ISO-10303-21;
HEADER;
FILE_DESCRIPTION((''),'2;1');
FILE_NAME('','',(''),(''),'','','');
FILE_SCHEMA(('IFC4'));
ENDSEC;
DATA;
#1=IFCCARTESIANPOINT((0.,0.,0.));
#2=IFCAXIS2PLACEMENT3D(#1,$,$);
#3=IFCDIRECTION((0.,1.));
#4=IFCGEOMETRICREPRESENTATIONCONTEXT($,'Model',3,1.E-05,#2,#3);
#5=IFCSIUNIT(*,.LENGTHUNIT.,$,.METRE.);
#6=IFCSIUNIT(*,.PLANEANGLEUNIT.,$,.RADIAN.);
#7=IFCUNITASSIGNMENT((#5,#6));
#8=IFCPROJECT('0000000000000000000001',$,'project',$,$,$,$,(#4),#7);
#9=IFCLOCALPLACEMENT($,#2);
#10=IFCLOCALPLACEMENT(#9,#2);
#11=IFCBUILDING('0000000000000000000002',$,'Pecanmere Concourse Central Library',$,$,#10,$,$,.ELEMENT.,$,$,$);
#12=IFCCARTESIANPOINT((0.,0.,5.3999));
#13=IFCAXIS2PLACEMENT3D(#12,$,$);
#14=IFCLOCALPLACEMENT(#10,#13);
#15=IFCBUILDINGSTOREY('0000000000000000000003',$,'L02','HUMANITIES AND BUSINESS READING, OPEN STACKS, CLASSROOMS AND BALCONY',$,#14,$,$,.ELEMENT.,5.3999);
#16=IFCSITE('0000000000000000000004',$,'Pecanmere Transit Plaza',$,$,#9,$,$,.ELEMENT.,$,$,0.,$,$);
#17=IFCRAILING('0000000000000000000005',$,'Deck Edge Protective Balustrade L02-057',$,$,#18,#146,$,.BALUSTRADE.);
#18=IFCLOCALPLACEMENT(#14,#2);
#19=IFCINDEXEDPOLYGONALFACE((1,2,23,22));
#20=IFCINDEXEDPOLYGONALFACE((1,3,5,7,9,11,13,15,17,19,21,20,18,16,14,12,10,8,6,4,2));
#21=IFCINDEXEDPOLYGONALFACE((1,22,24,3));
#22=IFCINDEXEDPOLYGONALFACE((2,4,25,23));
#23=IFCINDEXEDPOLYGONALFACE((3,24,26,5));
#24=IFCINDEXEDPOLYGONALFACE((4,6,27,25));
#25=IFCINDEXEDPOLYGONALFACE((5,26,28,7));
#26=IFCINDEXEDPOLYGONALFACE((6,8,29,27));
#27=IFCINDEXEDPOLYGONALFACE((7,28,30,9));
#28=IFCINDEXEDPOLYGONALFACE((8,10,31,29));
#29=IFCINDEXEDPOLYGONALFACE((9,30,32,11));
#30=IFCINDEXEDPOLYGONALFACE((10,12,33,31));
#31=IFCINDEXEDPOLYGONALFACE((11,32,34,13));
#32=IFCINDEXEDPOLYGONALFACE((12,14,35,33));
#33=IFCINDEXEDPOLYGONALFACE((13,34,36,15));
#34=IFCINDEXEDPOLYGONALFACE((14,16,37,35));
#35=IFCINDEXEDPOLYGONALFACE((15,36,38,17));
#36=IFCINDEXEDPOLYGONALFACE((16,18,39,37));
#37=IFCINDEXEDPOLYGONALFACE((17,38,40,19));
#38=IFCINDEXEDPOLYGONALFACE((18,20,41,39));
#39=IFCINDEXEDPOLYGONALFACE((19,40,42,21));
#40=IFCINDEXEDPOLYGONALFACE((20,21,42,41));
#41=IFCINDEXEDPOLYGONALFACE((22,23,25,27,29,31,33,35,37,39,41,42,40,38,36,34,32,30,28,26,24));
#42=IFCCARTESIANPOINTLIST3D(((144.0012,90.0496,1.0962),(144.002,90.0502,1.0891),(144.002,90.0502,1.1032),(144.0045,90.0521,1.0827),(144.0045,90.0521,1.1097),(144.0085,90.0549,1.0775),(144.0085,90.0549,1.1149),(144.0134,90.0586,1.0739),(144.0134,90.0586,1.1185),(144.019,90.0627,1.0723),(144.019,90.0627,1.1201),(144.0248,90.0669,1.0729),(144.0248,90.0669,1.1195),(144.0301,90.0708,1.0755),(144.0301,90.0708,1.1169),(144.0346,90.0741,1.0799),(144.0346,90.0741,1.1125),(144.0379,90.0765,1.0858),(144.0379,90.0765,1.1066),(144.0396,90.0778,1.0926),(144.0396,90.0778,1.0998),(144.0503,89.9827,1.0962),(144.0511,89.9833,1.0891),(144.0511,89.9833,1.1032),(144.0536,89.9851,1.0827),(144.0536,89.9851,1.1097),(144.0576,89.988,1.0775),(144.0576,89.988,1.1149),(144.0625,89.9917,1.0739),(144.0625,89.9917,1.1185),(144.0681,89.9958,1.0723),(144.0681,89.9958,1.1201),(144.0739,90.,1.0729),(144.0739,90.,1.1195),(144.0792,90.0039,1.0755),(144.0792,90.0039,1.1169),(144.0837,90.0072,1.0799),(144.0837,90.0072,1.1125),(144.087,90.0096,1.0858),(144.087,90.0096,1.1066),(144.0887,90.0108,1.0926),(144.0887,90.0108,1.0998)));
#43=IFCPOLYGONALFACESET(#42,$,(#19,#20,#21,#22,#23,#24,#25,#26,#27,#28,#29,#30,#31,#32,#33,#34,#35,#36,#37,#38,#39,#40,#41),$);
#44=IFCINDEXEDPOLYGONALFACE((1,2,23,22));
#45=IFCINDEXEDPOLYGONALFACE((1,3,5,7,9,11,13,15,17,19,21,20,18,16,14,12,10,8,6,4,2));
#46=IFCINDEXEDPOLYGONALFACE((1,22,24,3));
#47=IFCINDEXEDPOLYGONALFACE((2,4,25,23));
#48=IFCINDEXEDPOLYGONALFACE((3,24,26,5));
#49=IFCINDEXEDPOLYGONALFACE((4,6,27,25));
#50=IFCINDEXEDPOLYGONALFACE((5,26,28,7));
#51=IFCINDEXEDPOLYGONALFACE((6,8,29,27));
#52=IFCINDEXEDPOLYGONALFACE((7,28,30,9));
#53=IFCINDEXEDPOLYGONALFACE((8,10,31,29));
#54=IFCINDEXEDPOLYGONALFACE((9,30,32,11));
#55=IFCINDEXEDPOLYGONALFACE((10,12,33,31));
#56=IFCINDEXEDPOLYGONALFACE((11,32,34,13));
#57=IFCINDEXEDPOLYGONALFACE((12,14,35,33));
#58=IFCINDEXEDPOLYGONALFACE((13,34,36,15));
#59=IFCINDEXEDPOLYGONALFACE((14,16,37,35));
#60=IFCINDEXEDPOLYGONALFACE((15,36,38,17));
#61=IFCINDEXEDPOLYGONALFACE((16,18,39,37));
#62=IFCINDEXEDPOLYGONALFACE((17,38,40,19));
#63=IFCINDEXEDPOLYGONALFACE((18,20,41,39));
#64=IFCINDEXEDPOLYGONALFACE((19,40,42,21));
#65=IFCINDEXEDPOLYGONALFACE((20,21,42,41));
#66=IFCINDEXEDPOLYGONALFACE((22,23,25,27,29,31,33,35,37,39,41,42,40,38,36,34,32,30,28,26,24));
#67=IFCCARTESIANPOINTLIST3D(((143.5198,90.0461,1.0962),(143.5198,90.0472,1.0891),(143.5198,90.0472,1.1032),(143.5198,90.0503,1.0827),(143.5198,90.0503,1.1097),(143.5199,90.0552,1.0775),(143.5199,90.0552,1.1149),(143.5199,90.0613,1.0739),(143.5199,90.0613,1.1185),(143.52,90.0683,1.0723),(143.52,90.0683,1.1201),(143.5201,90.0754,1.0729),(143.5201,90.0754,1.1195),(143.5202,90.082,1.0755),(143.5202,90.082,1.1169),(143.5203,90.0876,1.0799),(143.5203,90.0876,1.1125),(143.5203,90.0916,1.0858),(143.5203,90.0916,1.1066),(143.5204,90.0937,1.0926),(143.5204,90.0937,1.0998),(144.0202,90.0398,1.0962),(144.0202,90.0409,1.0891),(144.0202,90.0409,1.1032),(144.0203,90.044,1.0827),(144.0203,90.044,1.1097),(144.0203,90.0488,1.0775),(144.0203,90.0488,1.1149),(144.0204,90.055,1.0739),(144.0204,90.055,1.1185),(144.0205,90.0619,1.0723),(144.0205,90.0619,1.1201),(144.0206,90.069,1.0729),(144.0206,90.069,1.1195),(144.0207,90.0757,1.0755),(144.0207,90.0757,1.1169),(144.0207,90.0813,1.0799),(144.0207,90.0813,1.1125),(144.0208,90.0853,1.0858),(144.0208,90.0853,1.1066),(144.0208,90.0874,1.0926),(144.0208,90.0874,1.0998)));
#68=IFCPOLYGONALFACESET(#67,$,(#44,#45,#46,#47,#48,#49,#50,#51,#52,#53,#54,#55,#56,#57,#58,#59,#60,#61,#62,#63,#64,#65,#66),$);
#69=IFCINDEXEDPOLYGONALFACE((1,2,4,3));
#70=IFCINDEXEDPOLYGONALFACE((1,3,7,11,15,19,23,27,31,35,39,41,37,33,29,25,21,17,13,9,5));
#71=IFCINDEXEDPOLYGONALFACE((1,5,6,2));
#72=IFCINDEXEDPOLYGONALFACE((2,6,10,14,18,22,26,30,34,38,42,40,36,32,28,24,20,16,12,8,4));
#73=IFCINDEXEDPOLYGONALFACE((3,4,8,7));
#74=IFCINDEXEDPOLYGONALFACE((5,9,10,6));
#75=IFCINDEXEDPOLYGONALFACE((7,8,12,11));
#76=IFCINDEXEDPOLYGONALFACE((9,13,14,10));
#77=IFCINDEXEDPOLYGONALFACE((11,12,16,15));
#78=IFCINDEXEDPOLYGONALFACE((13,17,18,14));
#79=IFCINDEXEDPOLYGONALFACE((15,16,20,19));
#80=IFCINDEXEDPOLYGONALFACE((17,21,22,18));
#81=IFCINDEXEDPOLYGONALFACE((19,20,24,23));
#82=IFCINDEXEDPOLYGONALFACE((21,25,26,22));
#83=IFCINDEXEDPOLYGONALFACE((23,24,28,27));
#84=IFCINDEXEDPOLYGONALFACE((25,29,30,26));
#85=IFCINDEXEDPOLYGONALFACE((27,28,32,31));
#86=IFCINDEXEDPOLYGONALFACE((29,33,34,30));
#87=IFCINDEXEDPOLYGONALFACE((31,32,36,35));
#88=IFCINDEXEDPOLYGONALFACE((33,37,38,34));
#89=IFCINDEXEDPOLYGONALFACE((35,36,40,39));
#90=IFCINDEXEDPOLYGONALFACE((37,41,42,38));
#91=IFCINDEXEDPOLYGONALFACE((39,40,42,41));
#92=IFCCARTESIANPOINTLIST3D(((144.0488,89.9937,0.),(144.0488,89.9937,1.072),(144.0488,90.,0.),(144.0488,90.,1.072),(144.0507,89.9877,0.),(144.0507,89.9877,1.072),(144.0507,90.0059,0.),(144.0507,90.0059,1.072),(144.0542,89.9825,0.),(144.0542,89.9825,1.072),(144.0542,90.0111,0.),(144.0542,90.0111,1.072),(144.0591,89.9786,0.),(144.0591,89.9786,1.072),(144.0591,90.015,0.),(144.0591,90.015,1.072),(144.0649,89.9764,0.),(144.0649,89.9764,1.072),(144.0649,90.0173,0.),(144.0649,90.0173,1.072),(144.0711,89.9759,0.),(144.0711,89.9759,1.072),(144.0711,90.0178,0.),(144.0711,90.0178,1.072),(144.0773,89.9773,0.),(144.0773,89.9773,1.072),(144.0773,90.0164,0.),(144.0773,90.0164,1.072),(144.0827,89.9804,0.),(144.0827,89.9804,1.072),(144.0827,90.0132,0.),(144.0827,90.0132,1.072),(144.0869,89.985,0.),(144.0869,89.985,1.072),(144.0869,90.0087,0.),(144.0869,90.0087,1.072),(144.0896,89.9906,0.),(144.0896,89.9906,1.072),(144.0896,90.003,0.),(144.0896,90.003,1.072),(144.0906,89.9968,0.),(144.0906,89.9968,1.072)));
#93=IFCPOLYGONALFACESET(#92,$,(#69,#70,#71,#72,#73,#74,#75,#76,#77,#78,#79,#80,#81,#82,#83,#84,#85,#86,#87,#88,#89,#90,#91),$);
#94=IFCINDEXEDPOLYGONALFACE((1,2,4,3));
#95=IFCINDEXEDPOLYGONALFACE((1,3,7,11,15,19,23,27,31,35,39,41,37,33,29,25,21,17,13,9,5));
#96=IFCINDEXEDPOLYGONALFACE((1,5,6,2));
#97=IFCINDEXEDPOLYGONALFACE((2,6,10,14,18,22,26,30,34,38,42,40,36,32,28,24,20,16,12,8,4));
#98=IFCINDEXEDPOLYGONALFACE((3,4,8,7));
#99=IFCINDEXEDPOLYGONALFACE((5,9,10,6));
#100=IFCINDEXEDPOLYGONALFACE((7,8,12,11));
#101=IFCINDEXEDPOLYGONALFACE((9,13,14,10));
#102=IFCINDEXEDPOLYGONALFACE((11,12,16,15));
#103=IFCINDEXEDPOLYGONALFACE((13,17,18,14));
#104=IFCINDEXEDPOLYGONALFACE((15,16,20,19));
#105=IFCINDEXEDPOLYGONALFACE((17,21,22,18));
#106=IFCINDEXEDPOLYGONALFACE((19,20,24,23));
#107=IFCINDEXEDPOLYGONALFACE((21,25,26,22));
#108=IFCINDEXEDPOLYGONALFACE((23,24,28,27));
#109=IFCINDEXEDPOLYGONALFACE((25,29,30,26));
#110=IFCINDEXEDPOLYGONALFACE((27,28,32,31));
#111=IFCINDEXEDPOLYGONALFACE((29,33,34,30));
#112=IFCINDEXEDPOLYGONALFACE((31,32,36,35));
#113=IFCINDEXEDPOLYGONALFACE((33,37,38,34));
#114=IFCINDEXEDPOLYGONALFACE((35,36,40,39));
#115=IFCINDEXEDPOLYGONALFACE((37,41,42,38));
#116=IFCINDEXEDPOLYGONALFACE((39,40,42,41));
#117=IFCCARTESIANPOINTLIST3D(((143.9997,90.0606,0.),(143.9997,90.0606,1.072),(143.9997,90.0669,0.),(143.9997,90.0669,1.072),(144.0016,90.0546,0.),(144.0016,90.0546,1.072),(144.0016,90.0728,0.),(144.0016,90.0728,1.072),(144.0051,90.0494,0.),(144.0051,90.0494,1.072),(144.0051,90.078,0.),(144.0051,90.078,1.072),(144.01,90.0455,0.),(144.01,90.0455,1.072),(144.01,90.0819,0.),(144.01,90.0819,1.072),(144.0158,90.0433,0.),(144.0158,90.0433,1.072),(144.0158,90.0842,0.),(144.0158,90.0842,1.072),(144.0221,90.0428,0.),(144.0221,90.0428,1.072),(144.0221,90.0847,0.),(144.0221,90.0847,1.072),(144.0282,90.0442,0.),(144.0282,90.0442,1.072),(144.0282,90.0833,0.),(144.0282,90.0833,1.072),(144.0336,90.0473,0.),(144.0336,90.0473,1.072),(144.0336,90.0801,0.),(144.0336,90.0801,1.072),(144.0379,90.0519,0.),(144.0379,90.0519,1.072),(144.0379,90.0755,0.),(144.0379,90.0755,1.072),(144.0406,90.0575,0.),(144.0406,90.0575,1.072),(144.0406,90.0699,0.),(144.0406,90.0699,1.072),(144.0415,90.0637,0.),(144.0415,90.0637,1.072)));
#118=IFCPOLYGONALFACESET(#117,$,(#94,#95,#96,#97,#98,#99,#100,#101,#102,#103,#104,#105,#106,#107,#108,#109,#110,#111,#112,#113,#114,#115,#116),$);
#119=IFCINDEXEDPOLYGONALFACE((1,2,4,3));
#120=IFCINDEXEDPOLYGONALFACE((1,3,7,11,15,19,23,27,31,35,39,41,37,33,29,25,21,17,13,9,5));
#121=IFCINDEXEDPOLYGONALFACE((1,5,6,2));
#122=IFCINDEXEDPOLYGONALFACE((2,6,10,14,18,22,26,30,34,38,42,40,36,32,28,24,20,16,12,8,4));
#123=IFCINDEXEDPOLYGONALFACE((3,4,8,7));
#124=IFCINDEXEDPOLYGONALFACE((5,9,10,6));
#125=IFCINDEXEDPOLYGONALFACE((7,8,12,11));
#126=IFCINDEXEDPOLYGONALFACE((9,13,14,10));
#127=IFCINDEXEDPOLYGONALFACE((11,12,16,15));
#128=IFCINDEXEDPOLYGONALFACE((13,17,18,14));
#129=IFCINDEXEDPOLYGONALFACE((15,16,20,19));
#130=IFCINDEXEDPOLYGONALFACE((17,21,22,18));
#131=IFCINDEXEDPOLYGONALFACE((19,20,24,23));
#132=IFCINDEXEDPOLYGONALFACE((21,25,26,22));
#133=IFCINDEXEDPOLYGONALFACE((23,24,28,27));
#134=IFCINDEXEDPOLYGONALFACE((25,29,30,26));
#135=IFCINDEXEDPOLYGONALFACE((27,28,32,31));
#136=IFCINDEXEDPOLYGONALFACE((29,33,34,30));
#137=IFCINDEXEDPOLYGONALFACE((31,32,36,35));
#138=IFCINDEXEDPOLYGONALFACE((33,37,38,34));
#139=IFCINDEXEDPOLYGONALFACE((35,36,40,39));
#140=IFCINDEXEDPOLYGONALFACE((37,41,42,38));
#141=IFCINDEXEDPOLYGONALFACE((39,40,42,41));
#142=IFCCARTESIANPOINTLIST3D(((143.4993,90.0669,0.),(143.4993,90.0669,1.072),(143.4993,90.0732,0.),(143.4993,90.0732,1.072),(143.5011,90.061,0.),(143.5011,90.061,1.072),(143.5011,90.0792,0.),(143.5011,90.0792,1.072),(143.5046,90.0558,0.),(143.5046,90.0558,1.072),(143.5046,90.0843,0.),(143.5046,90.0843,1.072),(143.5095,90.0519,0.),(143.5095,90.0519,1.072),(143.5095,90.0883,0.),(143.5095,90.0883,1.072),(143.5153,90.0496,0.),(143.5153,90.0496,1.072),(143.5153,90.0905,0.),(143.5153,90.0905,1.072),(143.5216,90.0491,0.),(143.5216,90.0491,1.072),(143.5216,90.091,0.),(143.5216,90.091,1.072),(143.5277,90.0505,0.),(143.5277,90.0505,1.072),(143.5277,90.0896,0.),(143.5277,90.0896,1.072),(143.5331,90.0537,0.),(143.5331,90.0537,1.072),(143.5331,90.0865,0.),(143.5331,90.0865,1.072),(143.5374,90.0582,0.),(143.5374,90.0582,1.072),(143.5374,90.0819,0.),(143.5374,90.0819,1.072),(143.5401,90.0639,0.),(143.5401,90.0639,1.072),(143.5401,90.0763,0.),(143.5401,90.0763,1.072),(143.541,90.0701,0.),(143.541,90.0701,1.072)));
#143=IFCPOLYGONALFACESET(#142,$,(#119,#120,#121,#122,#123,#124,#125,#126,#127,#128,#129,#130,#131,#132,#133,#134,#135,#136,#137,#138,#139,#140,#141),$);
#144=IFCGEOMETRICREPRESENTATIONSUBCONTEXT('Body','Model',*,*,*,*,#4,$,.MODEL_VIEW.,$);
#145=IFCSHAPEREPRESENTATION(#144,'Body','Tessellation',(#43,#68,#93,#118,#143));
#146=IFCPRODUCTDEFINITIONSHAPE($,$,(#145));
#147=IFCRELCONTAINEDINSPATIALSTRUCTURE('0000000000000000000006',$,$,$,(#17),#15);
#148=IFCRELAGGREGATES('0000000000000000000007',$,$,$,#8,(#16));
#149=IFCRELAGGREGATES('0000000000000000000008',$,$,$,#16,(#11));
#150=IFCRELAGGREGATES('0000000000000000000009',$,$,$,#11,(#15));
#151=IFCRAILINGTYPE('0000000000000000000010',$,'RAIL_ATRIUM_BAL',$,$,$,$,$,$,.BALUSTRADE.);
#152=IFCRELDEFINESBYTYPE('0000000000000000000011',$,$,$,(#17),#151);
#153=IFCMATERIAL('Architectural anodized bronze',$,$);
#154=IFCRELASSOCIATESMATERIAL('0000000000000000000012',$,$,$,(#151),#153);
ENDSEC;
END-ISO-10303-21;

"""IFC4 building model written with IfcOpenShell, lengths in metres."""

from ifc_helpers import new_model, si_unit, direction, frame, origin, origin_2d, place, context, subcontext, project, spatial, circle, extrude, material, type_object, element, save


model = new_model("IFC4")

# Units and contexts
model_context = context("Model", 3, precision=1e-05, world=origin(), true_north=direction((0.0, 1.0)))
body_context = subcontext(model_context, "Body", "Model", "MODEL_VIEW")
ifc_project = project(units=[si_unit("LENGTHUNIT", "METRE"), si_unit("PLANEANGLEUNIT", "RADIAN")], contexts=[model_context])

# Site, building, storey
site_placement = place(None, origin())
site = spatial("IfcSite", under=ifc_project, at=site_placement, Name="Pecanmere Transit Plaza", CompositionType="ELEMENT", RefElevation=0.0)
building_placement = place(site_placement, origin())
building = spatial("IfcBuilding", under=site, at=building_placement, Name="Pecanmere Concourse Central Library", CompositionType="ELEMENT")
storey_placement = place(building_placement, frame((0.0, 0.0, 5.3999)))
storey = spatial("IfcBuildingStorey", under=building, at=storey_placement, Name="L02", Description="HUMANITIES AND BUSINESS READING, OPEN STACKS, CLASSROOMS AND BALCONY", CompositionType="ELEMENT", Elevation=5.3999)

# Railing
ifc_material_1 = material(Name="Architectural anodized bronze")
railing_type = type_object("IfcRailingType", Name="RAIL_ATRIUM_BAL", PredefinedType="BALUSTRADE", material=ifc_material_1)
railing_1_placement = place(storey_placement, frame((144.0696, 89.9968, 0.0)))
element("IfcRailing", 1, at=railing_1_placement, inside=storey, type_object=railing_type, Name="Deck Edge Protective Balustrade L02-057", PredefinedType="BALUSTRADE", context=body_context, shape_type="SweptSolid", body=[
    extrude(circle(Radius=0.0239, at=origin_2d()), frame((0.0, 0.0, 1.0962), z_axis=(-0.591491, 0.806311, 0.0), x_axis=(-0.806311, -0.591491, 0.0)), (0.0, 0.0, 1.0), 0.083),
    extrude(circle(Radius=0.0239, at=origin_2d()), frame((-0.0491, 0.0669, 1.0962), z_axis=(-0.99992, 0.012682, 0.0), x_axis=(-0.012682, -0.99992, 0.0)), (0.0, 0.0, 1.0), 0.5005),
    extrude(circle(Radius=0.021, at=origin_2d()), origin(), (0.0, 0.0, 1.0), 1.072),
    extrude(circle(Radius=0.021, at=origin_2d()), frame((-0.0491, 0.0669, 0.0)), (0.0, 0.0, 1.0), 1.072),
    extrude(circle(Radius=0.021, at=origin_2d()), frame((-0.5496, 0.0732, 0.0)), (0.0, 0.0, 1.0), 1.072),
])

save(model, "model.ifc")
